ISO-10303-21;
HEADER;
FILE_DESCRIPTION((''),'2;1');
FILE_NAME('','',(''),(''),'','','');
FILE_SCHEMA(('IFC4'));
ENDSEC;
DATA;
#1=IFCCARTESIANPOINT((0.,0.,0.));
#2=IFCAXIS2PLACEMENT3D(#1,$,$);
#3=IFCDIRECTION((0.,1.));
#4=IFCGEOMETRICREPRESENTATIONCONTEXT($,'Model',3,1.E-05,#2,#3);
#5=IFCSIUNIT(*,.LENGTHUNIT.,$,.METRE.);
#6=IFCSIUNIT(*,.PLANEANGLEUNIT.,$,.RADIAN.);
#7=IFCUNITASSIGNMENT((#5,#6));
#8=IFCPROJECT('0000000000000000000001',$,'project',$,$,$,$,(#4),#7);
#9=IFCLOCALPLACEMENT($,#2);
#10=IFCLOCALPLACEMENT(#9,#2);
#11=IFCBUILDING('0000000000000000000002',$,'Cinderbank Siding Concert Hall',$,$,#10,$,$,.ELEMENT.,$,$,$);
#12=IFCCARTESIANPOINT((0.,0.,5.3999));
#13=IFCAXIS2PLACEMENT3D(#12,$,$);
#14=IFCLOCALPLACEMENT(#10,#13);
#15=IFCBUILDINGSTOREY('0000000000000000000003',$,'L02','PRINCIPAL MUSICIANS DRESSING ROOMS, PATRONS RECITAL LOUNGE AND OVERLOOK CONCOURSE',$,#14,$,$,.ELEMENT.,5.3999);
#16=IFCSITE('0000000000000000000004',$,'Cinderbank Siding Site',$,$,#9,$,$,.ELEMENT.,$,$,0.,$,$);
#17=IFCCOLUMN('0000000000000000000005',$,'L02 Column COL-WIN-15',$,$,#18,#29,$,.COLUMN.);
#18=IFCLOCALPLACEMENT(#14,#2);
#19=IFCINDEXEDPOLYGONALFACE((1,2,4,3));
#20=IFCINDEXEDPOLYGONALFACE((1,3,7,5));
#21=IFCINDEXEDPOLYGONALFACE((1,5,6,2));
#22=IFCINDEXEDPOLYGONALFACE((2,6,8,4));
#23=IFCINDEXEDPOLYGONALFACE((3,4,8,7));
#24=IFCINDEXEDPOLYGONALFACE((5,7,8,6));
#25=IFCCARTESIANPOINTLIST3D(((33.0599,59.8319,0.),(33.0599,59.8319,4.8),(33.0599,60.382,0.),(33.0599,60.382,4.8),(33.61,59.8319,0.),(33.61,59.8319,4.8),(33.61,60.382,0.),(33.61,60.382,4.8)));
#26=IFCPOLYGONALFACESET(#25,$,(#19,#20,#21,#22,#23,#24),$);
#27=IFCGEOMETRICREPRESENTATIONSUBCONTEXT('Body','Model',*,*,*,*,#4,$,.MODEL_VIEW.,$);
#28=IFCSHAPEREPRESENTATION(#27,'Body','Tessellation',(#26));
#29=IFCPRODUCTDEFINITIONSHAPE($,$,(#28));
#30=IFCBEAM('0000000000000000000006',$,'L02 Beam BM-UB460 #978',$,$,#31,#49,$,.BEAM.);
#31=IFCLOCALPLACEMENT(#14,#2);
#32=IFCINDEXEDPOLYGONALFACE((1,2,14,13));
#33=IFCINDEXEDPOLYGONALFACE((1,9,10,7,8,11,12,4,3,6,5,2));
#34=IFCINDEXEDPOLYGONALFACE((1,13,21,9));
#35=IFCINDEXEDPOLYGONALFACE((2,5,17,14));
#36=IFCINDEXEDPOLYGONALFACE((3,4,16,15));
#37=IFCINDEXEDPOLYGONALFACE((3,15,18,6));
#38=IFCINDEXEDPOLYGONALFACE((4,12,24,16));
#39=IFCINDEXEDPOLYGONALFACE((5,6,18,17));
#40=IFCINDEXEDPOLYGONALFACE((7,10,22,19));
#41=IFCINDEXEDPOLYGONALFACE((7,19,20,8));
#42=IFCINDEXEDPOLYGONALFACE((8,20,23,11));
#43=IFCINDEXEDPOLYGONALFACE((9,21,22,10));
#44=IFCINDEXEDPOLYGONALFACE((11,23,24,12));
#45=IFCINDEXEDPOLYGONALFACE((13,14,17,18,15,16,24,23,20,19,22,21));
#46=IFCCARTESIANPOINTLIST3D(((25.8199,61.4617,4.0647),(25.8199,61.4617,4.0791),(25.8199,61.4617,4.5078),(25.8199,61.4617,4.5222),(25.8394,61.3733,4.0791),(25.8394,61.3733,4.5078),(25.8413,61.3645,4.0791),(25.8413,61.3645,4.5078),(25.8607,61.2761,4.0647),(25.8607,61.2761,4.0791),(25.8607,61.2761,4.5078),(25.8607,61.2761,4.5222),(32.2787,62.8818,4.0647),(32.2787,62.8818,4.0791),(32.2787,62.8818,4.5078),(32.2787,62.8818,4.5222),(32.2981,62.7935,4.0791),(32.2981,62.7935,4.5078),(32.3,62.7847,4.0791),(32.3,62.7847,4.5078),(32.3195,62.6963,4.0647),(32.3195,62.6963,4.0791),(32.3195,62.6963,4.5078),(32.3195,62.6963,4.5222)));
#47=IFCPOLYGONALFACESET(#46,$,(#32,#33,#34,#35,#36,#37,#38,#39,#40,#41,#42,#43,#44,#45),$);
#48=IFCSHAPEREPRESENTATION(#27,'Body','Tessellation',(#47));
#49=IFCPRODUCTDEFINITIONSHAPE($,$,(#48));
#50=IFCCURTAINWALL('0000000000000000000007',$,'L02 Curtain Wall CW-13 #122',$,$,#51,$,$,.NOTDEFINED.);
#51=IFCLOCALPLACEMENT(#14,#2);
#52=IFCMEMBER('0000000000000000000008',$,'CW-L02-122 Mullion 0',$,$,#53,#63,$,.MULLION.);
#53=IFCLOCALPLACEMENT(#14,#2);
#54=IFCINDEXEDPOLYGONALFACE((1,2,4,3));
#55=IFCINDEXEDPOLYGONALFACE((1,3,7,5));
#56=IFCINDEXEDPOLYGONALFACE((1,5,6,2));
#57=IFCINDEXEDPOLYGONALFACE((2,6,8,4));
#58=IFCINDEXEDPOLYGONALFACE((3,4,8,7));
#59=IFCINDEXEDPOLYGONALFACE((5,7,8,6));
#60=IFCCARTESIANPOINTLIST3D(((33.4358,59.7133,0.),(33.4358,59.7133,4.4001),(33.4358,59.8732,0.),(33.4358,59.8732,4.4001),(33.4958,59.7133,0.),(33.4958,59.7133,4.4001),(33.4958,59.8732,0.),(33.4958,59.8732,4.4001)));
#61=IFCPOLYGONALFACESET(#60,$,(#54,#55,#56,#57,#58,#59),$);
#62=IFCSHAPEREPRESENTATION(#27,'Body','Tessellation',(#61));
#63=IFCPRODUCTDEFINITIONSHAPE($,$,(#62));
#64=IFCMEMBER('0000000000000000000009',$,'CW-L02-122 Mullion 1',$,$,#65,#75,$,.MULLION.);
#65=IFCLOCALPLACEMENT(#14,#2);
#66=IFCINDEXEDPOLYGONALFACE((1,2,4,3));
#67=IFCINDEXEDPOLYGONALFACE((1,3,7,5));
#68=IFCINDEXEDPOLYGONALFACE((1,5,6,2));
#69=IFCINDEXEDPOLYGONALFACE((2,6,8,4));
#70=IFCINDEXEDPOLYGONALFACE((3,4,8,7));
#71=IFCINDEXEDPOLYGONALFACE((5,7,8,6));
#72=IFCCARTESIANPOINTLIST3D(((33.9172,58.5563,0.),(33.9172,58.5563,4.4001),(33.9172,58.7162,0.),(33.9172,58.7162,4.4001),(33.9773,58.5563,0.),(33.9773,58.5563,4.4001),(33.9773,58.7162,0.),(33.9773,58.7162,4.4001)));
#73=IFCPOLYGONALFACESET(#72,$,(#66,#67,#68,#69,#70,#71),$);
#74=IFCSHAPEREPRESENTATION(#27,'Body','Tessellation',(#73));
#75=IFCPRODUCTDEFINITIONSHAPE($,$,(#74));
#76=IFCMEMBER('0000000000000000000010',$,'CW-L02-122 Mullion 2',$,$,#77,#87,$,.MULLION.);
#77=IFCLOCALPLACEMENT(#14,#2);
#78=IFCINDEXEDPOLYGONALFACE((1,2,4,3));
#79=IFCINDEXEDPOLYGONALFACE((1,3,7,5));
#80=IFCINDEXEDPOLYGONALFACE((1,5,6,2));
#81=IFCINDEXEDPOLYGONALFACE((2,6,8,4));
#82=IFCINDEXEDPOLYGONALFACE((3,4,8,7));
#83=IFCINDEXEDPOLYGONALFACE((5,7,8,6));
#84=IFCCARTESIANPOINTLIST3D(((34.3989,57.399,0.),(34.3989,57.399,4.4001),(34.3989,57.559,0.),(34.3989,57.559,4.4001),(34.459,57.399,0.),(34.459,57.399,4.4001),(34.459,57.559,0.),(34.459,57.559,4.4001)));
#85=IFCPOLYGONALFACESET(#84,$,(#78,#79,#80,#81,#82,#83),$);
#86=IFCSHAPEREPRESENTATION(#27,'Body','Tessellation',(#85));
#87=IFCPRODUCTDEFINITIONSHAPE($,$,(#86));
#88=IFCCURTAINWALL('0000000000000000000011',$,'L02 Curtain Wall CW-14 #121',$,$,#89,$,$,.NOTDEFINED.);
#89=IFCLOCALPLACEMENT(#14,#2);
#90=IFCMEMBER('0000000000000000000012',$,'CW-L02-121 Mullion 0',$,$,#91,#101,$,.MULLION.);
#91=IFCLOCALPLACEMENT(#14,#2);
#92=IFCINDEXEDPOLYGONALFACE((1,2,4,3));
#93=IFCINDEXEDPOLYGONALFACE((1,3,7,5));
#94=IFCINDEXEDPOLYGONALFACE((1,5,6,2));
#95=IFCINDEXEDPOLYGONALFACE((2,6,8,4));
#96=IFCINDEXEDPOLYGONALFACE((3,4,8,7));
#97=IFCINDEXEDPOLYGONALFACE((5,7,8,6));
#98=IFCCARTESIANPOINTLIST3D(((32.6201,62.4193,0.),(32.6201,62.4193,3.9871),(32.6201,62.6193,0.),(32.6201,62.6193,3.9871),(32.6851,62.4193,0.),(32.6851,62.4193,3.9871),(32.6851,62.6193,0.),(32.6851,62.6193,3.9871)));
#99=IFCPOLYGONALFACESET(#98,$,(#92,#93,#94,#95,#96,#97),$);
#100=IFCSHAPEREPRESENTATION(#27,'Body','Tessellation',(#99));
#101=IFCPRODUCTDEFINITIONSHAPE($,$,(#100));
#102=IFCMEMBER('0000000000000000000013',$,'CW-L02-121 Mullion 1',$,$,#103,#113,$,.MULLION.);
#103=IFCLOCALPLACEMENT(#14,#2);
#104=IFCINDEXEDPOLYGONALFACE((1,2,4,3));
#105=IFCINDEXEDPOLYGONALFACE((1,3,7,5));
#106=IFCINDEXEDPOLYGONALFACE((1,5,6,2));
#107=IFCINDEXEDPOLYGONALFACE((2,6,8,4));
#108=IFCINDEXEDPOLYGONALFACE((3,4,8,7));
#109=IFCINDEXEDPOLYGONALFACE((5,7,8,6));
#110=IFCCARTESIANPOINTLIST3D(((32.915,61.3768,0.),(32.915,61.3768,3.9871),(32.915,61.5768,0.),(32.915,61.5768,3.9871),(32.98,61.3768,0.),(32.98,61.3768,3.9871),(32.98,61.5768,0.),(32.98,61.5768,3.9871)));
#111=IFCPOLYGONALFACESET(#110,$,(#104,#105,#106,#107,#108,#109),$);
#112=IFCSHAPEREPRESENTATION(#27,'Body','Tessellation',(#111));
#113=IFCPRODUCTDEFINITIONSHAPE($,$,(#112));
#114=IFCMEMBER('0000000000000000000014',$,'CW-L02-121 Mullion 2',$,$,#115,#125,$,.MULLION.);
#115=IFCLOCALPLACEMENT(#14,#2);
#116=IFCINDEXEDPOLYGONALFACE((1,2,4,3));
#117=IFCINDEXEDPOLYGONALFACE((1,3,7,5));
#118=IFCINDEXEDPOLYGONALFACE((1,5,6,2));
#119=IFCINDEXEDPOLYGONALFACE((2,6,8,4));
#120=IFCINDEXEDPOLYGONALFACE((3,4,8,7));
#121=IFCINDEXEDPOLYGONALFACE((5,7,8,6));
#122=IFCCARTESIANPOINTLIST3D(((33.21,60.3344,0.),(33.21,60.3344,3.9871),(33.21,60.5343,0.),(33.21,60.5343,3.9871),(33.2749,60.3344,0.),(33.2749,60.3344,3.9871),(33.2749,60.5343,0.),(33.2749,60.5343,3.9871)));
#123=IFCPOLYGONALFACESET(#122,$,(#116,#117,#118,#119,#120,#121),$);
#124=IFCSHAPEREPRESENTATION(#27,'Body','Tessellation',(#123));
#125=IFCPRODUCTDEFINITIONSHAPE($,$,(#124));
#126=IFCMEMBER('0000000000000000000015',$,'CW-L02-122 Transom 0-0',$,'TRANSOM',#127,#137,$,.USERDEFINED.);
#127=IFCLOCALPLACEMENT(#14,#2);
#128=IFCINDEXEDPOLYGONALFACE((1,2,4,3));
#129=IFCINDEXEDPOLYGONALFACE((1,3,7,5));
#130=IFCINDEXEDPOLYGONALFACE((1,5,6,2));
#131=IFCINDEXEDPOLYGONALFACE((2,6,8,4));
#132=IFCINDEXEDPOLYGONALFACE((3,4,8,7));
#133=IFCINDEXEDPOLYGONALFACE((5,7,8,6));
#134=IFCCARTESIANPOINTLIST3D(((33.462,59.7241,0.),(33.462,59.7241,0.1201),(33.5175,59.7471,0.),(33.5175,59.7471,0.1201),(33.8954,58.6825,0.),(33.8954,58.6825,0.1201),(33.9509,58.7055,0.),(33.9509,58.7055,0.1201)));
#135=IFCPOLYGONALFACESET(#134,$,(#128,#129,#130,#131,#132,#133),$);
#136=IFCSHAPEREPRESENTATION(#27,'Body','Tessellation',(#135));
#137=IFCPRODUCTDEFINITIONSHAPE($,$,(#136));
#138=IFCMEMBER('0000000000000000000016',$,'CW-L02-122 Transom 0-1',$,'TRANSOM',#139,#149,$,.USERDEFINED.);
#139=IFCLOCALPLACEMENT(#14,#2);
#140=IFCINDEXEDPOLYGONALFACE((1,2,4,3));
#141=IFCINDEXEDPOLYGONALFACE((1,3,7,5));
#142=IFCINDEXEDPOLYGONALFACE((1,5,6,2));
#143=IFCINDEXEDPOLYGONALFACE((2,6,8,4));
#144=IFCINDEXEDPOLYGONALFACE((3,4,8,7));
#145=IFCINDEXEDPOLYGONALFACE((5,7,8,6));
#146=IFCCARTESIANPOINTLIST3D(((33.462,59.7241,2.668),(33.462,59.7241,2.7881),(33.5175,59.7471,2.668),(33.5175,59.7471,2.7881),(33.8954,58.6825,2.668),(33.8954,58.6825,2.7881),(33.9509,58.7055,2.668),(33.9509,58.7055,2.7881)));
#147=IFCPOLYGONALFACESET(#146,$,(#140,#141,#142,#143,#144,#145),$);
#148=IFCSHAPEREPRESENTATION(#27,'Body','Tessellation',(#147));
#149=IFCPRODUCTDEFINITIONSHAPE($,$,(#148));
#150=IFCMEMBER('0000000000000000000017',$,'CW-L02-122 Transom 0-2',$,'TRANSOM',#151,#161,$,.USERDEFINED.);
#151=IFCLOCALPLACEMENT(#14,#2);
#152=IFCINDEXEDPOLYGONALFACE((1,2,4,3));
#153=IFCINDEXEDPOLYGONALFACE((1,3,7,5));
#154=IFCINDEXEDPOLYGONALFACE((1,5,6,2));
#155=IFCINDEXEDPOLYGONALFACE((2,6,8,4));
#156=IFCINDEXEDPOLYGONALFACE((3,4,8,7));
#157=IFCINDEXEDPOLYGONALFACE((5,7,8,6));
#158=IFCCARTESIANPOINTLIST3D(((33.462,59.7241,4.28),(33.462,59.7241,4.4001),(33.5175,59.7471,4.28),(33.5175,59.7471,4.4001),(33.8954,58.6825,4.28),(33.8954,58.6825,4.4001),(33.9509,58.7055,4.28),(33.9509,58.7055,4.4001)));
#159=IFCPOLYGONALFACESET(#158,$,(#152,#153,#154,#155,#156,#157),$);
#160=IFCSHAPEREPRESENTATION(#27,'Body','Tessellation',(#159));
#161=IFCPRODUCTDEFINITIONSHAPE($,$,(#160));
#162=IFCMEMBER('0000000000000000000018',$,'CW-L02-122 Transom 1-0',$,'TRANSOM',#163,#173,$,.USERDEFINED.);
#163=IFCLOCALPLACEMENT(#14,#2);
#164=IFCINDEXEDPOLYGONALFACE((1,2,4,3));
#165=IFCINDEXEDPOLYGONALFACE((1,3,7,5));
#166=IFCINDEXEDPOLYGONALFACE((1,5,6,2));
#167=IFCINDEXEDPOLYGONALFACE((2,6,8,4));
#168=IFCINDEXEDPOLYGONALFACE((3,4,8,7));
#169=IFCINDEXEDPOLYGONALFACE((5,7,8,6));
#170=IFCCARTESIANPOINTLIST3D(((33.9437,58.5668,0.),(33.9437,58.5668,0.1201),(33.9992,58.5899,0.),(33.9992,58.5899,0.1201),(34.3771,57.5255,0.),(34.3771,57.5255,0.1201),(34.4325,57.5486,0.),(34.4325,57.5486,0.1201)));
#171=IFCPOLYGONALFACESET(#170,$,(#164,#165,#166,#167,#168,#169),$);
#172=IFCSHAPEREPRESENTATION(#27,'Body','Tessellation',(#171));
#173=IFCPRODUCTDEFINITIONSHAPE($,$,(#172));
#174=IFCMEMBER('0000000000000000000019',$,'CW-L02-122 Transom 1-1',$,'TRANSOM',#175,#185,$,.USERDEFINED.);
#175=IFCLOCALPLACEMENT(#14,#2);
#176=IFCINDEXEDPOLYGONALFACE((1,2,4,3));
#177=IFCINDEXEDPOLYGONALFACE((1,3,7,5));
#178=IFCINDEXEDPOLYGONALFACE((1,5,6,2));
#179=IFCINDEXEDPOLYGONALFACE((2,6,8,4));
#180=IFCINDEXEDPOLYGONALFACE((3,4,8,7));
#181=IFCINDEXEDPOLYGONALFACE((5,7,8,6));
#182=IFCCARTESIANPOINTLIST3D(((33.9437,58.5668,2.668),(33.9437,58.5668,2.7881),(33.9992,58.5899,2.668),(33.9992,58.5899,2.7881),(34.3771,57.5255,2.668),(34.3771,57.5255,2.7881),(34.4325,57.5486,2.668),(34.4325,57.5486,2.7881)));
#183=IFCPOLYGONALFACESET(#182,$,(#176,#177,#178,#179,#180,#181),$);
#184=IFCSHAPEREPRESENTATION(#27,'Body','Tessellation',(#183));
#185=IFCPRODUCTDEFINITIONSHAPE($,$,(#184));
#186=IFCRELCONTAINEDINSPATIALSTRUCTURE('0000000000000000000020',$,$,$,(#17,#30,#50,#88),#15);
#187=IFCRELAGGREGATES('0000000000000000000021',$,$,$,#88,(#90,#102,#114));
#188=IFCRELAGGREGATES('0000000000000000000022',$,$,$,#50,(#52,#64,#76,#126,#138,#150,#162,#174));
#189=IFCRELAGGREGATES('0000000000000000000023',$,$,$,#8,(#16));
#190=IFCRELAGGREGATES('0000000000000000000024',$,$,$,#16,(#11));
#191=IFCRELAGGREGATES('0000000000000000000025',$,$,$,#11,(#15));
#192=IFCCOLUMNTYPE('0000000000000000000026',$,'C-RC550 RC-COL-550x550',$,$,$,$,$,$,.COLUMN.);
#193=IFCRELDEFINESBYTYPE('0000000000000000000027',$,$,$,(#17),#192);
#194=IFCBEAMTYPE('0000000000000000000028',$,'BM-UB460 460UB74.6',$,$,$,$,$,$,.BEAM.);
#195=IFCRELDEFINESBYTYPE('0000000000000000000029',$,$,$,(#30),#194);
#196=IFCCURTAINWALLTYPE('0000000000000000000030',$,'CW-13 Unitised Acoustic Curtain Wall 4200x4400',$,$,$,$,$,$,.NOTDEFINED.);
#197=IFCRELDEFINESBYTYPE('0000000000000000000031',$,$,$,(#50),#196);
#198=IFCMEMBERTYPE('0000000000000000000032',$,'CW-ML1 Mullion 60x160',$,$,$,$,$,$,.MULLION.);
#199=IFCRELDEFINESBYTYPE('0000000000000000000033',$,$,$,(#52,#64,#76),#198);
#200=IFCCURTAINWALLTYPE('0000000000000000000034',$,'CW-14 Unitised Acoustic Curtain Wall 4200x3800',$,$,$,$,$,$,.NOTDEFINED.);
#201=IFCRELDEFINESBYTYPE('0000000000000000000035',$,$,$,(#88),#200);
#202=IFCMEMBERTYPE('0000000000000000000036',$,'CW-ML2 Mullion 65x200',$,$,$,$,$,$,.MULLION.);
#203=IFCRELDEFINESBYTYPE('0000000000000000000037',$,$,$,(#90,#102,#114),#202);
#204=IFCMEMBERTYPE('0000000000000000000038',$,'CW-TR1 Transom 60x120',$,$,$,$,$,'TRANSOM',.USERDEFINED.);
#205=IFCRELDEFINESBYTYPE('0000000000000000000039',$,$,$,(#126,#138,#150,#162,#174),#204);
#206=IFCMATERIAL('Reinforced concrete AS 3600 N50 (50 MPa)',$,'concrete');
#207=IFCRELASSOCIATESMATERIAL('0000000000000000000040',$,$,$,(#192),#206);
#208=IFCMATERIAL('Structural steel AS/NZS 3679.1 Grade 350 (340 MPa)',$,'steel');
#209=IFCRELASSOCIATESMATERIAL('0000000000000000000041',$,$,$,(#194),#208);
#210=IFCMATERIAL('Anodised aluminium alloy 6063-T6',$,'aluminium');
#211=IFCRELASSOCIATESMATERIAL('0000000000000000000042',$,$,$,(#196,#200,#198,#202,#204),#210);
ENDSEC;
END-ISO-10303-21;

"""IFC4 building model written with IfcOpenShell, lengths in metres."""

from ifc_helpers import new_model, si_unit, direction, frame, origin, origin_2d, place, context, subcontext, project, spatial, rectangle, i_section, extrude, material, material_profile, profile_set, type_object, element, aggregate, save


model = new_model("IFC4")

# Units and contexts
model_context = context("Model", 3, precision=1e-05, world=origin(), true_north=direction((0.0, 1.0)))
body_context = subcontext(model_context, "Body", "Model", "MODEL_VIEW")
ifc_project = project(units=[si_unit("LENGTHUNIT", "METRE"), si_unit("PLANEANGLEUNIT", "RADIAN")], contexts=[model_context])

# Site, building, storey
site_placement = place(None, origin())
site = spatial("IfcSite", under=ifc_project, at=site_placement, Name="Cinderbank Siding Site", CompositionType="ELEMENT", RefElevation=0.0)
building_placement = place(site_placement, origin())
building = spatial("IfcBuilding", under=site, at=building_placement, Name="Cinderbank Siding Concert Hall", CompositionType="ELEMENT")
storey_placement = place(building_placement, frame((0.0, 0.0, 5.3999)))
storey = spatial("IfcBuildingStorey", under=building, at=storey_placement, Name="L02", Description="PRINCIPAL MUSICIANS DRESSING ROOMS, PATRONS RECITAL LOUNGE AND OVERLOOK CONCOURSE", CompositionType="ELEMENT", Elevation=5.3999)

# Column
ifc_material_1 = material(Name="Reinforced concrete AS 3600 N50 (50 MPa)", Category="concrete")
ifc_material_profile_1 = material_profile(ifc_material_1, rectangle(XDim=0.55, YDim=0.55, at=origin_2d()), Name="RC-COL-550x550", Category="LoadBearing")
ifc_profile_set_1 = profile_set([ifc_material_profile_1], Name="Reinforced concrete AS 3600 N50 (50 MPa)")
column_type = type_object("IfcColumnType", Name="C-RC550 RC-COL-550x550", PredefinedType="COLUMN", material=ifc_profile_set_1)
column_placement = place(storey_placement, frame((33.335, 60.1069, 0.0), z_axis=(0.0, 0.0, 1.0), x_axis=(1.0, 0.0, 0.0)))
element("IfcColumn", 1, at=column_placement, inside=storey, type_object=column_type, Name="L02 Column COL-WIN-15", PredefinedType="COLUMN", context=body_context, shape_type="SweptSolid", body=[
    extrude(rectangle(XDim=0.55, YDim=0.55, at=origin_2d()), origin(), (0.0, 0.0, 1.0), 4.8),
])

# Beam
ifc_material_2 = material(Name="Structural steel AS/NZS 3679.1 Grade 350 (340 MPa)", Category="steel")
ifc_material_profile_2 = material_profile(ifc_material_2, i_section(OverallWidth=0.1899, OverallDepth=0.4575, WebThickness=0.009, FlangeThickness=0.0144, at=origin_2d()), Name="460UB74.6", Category="LoadBearing")
ifc_profile_set_2 = profile_set([ifc_material_profile_2], Name="Structural steel AS/NZS 3679.1 Grade 350 (340 MPa)")
beam_type_1 = type_object("IfcBeamType", Name="BM-UB460 460UB74.6", PredefinedType="BEAM", material=ifc_profile_set_2)
beam_1_placement = place(storey_placement, frame((32.2991, 62.7891, 4.2935), z_axis=(-0.976668, -0.214753, 0.0), x_axis=(0.214753, -0.976668, 0.0)))
element("IfcBeam", 2, at=beam_1_placement, inside=storey, type_object=beam_type_1, Name="L02 Beam BM-UB460 #978", PredefinedType="BEAM", context=body_context, shape_type="SweptSolid", body=[
    extrude(i_section(OverallWidth=0.1899, OverallDepth=0.4575, WebThickness=0.009, FlangeThickness=0.0144, at=origin_2d()), origin(), (0.0, 0.0, 1.0), 6.613),
])

# Curtain walls, members
ifc_material_3 = material(Name="Anodised aluminium alloy 6063-T6", Category="aluminium")
curtain_wall_type_1 = type_object("IfcCurtainWallType", Name="CW-13 Unitised Acoustic Curtain Wall 4200x4400", PredefinedType="NOTDEFINED", material=ifc_material_3)
curtain_wall_1_placement = place(storey_placement, origin())
curtain_wall_1 = element("IfcCurtainWall", 3, at=curtain_wall_1_placement, inside=storey, type_object=curtain_wall_type_1, Name="L02 Curtain Wall CW-13 #122", PredefinedType="NOTDEFINED")
ifc_material_profile_3 = material_profile(ifc_material_3, rectangle(XDim=0.0601, YDim=0.1599, at=origin_2d()), Name="ALU-MULL-60x160", Category="LoadBearing")
ifc_profile_set_3 = profile_set([ifc_material_profile_3], Name="Anodised aluminium alloy 6063-T6")
member_type_1 = type_object("IfcMemberType", Name="CW-ML1 Mullion 60x160", PredefinedType="MULLION", material=ifc_profile_set_3)
member_1_placement = place(storey_placement, frame((33.4658, 59.7932, 0.0), z_axis=(0.0, 0.0, 1.0), x_axis=(1.0, 0.0, 0.0)))
member_1 = element("IfcMember", 4, at=member_1_placement, type_object=member_type_1, Name="CW-L02-122 Mullion 0", PredefinedType="MULLION", context=body_context, shape_type="SweptSolid", body=[
    extrude(rectangle(XDim=0.0601, YDim=0.1599, at=origin_2d()), origin(), (0.0, 0.0, 1.0), 4.4001),
])
member_2_placement = place(storey_placement, frame((33.9473, 58.6362, 0.0), z_axis=(0.0, 0.0, 1.0), x_axis=(1.0, 0.0, 0.0)))
member_2 = element("IfcMember", 5, at=member_2_placement, type_object=member_type_1, Name="CW-L02-122 Mullion 1", PredefinedType="MULLION", context=body_context, shape_type="SweptSolid", body=[
    extrude(rectangle(XDim=0.0601, YDim=0.1599, at=origin_2d()), origin(), (0.0, 0.0, 1.0), 4.4001),
])
member_3_placement = place(storey_placement, frame((34.429, 57.479, 0.0), z_axis=(0.0, 0.0, 1.0), x_axis=(1.0, 0.0, 0.0)))
member_3 = element("IfcMember", 6, at=member_3_placement, type_object=member_type_1, Name="CW-L02-122 Mullion 2", PredefinedType="MULLION", context=body_context, shape_type="SweptSolid", body=[
    extrude(rectangle(XDim=0.0601, YDim=0.1599, at=origin_2d()), origin(), (0.0, 0.0, 1.0), 4.4001),
])
curtain_wall_type_2 = type_object("IfcCurtainWallType", Name="CW-14 Unitised Acoustic Curtain Wall 4200x3800", PredefinedType="NOTDEFINED", material=ifc_material_3)
curtain_wall_2_placement = place(storey_placement, origin())
curtain_wall_2 = element("IfcCurtainWall", 7, at=curtain_wall_2_placement, inside=storey, type_object=curtain_wall_type_2, Name="L02 Curtain Wall CW-14 #121", PredefinedType="NOTDEFINED")
ifc_material_profile_4 = material_profile(ifc_material_3, rectangle(XDim=0.0649, YDim=0.2, at=origin_2d()), Name="ALU-MULL-65x200", Category="LoadBearing")
ifc_profile_set_4 = profile_set([ifc_material_profile_4], Name="Anodised aluminium alloy 6063-T6")
member_type_2 = type_object("IfcMemberType", Name="CW-ML2 Mullion 65x200", PredefinedType="MULLION", material=ifc_profile_set_4)
member_4_placement = place(storey_placement, frame((32.6526, 62.5193, 0.0), z_axis=(0.0, 0.0, 1.0), x_axis=(1.0, 0.0, 0.0)))
member_4 = element("IfcMember", 8, at=member_4_placement, type_object=member_type_2, Name="CW-L02-121 Mullion 0", PredefinedType="MULLION", context=body_context, shape_type="SweptSolid", body=[
    extrude(rectangle(XDim=0.0649, YDim=0.2, at=origin_2d()), origin(), (0.0, 0.0, 1.0), 3.9871),
])
member_5_placement = place(storey_placement, frame((32.9475, 61.4768, 0.0), z_axis=(0.0, 0.0, 1.0), x_axis=(1.0, 0.0, 0.0)))
member_5 = element("IfcMember", 9, at=member_5_placement, type_object=member_type_2, Name="CW-L02-121 Mullion 1", PredefinedType="MULLION", context=body_context, shape_type="SweptSolid", body=[
    extrude(rectangle(XDim=0.0649, YDim=0.2, at=origin_2d()), origin(), (0.0, 0.0, 1.0), 3.9871),
])
member_6_placement = place(storey_placement, frame((33.2424, 60.4343, 0.0), z_axis=(0.0, 0.0, 1.0), x_axis=(1.0, 0.0, 0.0)))
member_6 = element("IfcMember", 10, at=member_6_placement, type_object=member_type_2, Name="CW-L02-121 Mullion 2", PredefinedType="MULLION", context=body_context, shape_type="SweptSolid", body=[
    extrude(rectangle(XDim=0.0649, YDim=0.2, at=origin_2d()), origin(), (0.0, 0.0, 1.0), 3.9871),
])

# Members
ifc_material_profile_5 = material_profile(ifc_material_3, rectangle(XDim=0.0601, YDim=0.1201, at=origin_2d()), Name="ALU-TRAN-60x120", Category="LoadBearing")
ifc_profile_set_5 = profile_set([ifc_material_profile_5], Name="Anodised aluminium alloy 6063-T6")
member_type_3 = type_object("IfcMemberType", Name="CW-TR1 Transom 60x120", ElementType="TRANSOM", PredefinedType="USERDEFINED", material=ifc_profile_set_5)
member_7_placement = place(storey_placement, frame((33.4897, 59.7356, 0.0601), z_axis=(0.384154, -0.923269, 0.0), x_axis=(0.923269, 0.384154, 0.0)))
member_7 = element("IfcMember", 11, at=member_7_placement, type_object=member_type_3, Name="CW-L02-122 Transom 0-0", ObjectType="TRANSOM", PredefinedType="USERDEFINED", context=body_context, shape_type="SweptSolid", body=[
    extrude(rectangle(XDim=0.0601, YDim=0.1201, at=origin_2d()), origin(), (0.0, 0.0, 1.0), 1.1282),
])
member_8_placement = place(storey_placement, frame((33.4897, 59.7356, 2.728), z_axis=(0.384154, -0.923269, 0.0), x_axis=(0.923269, 0.384154, 0.0)))
member_8 = element("IfcMember", 12, at=member_8_placement, type_object=member_type_3, Name="CW-L02-122 Transom 0-1", ObjectType="TRANSOM", PredefinedType="USERDEFINED", context=body_context, shape_type="SweptSolid", body=[
    extrude(rectangle(XDim=0.0601, YDim=0.1201, at=origin_2d()), origin(), (0.0, 0.0, 1.0), 1.1282),
])
member_9_placement = place(storey_placement, frame((33.4897, 59.7356, 4.3401), z_axis=(0.384154, -0.923269, 0.0), x_axis=(0.923269, 0.384154, 0.0)))
member_9 = element("IfcMember", 13, at=member_9_placement, type_object=member_type_3, Name="CW-L02-122 Transom 0-2", ObjectType="TRANSOM", PredefinedType="USERDEFINED", context=body_context, shape_type="SweptSolid", body=[
    extrude(rectangle(XDim=0.0601, YDim=0.1201, at=origin_2d()), origin(), (0.0, 0.0, 1.0), 1.1282),
])
member_10_placement = place(storey_placement, frame((33.9714, 58.5784, 0.0601), z_axis=(0.384231, -0.923237, 0.0), x_axis=(0.923237, 0.384231, 0.0)))
member_10 = element("IfcMember", 14, at=member_10_placement, type_object=member_type_3, Name="CW-L02-122 Transom 1-0", ObjectType="TRANSOM", PredefinedType="USERDEFINED", context=body_context, shape_type="SweptSolid", body=[
    extrude(rectangle(XDim=0.0601, YDim=0.1201, at=origin_2d()), origin(), (0.0, 0.0, 1.0), 1.1279),
])
member_11_placement = place(storey_placement, frame((33.9714, 58.5784, 2.728), z_axis=(0.384231, -0.923237, 0.0), x_axis=(0.923237, 0.384231, 0.0)))
member_11 = element("IfcMember", 15, at=member_11_placement, type_object=member_type_3, Name="CW-L02-122 Transom 1-1", ObjectType="TRANSOM", PredefinedType="USERDEFINED", context=body_context, shape_type="SweptSolid", body=[
    extrude(rectangle(XDim=0.0601, YDim=0.1201, at=origin_2d()), origin(), (0.0, 0.0, 1.0), 1.1279),
])

aggregate(curtain_wall_2, [member_4, member_5, member_6])
aggregate(curtain_wall_1, [member_1, member_2, member_3, member_7, member_8, member_9, member_10, member_11])

save(model, "model.ifc")
